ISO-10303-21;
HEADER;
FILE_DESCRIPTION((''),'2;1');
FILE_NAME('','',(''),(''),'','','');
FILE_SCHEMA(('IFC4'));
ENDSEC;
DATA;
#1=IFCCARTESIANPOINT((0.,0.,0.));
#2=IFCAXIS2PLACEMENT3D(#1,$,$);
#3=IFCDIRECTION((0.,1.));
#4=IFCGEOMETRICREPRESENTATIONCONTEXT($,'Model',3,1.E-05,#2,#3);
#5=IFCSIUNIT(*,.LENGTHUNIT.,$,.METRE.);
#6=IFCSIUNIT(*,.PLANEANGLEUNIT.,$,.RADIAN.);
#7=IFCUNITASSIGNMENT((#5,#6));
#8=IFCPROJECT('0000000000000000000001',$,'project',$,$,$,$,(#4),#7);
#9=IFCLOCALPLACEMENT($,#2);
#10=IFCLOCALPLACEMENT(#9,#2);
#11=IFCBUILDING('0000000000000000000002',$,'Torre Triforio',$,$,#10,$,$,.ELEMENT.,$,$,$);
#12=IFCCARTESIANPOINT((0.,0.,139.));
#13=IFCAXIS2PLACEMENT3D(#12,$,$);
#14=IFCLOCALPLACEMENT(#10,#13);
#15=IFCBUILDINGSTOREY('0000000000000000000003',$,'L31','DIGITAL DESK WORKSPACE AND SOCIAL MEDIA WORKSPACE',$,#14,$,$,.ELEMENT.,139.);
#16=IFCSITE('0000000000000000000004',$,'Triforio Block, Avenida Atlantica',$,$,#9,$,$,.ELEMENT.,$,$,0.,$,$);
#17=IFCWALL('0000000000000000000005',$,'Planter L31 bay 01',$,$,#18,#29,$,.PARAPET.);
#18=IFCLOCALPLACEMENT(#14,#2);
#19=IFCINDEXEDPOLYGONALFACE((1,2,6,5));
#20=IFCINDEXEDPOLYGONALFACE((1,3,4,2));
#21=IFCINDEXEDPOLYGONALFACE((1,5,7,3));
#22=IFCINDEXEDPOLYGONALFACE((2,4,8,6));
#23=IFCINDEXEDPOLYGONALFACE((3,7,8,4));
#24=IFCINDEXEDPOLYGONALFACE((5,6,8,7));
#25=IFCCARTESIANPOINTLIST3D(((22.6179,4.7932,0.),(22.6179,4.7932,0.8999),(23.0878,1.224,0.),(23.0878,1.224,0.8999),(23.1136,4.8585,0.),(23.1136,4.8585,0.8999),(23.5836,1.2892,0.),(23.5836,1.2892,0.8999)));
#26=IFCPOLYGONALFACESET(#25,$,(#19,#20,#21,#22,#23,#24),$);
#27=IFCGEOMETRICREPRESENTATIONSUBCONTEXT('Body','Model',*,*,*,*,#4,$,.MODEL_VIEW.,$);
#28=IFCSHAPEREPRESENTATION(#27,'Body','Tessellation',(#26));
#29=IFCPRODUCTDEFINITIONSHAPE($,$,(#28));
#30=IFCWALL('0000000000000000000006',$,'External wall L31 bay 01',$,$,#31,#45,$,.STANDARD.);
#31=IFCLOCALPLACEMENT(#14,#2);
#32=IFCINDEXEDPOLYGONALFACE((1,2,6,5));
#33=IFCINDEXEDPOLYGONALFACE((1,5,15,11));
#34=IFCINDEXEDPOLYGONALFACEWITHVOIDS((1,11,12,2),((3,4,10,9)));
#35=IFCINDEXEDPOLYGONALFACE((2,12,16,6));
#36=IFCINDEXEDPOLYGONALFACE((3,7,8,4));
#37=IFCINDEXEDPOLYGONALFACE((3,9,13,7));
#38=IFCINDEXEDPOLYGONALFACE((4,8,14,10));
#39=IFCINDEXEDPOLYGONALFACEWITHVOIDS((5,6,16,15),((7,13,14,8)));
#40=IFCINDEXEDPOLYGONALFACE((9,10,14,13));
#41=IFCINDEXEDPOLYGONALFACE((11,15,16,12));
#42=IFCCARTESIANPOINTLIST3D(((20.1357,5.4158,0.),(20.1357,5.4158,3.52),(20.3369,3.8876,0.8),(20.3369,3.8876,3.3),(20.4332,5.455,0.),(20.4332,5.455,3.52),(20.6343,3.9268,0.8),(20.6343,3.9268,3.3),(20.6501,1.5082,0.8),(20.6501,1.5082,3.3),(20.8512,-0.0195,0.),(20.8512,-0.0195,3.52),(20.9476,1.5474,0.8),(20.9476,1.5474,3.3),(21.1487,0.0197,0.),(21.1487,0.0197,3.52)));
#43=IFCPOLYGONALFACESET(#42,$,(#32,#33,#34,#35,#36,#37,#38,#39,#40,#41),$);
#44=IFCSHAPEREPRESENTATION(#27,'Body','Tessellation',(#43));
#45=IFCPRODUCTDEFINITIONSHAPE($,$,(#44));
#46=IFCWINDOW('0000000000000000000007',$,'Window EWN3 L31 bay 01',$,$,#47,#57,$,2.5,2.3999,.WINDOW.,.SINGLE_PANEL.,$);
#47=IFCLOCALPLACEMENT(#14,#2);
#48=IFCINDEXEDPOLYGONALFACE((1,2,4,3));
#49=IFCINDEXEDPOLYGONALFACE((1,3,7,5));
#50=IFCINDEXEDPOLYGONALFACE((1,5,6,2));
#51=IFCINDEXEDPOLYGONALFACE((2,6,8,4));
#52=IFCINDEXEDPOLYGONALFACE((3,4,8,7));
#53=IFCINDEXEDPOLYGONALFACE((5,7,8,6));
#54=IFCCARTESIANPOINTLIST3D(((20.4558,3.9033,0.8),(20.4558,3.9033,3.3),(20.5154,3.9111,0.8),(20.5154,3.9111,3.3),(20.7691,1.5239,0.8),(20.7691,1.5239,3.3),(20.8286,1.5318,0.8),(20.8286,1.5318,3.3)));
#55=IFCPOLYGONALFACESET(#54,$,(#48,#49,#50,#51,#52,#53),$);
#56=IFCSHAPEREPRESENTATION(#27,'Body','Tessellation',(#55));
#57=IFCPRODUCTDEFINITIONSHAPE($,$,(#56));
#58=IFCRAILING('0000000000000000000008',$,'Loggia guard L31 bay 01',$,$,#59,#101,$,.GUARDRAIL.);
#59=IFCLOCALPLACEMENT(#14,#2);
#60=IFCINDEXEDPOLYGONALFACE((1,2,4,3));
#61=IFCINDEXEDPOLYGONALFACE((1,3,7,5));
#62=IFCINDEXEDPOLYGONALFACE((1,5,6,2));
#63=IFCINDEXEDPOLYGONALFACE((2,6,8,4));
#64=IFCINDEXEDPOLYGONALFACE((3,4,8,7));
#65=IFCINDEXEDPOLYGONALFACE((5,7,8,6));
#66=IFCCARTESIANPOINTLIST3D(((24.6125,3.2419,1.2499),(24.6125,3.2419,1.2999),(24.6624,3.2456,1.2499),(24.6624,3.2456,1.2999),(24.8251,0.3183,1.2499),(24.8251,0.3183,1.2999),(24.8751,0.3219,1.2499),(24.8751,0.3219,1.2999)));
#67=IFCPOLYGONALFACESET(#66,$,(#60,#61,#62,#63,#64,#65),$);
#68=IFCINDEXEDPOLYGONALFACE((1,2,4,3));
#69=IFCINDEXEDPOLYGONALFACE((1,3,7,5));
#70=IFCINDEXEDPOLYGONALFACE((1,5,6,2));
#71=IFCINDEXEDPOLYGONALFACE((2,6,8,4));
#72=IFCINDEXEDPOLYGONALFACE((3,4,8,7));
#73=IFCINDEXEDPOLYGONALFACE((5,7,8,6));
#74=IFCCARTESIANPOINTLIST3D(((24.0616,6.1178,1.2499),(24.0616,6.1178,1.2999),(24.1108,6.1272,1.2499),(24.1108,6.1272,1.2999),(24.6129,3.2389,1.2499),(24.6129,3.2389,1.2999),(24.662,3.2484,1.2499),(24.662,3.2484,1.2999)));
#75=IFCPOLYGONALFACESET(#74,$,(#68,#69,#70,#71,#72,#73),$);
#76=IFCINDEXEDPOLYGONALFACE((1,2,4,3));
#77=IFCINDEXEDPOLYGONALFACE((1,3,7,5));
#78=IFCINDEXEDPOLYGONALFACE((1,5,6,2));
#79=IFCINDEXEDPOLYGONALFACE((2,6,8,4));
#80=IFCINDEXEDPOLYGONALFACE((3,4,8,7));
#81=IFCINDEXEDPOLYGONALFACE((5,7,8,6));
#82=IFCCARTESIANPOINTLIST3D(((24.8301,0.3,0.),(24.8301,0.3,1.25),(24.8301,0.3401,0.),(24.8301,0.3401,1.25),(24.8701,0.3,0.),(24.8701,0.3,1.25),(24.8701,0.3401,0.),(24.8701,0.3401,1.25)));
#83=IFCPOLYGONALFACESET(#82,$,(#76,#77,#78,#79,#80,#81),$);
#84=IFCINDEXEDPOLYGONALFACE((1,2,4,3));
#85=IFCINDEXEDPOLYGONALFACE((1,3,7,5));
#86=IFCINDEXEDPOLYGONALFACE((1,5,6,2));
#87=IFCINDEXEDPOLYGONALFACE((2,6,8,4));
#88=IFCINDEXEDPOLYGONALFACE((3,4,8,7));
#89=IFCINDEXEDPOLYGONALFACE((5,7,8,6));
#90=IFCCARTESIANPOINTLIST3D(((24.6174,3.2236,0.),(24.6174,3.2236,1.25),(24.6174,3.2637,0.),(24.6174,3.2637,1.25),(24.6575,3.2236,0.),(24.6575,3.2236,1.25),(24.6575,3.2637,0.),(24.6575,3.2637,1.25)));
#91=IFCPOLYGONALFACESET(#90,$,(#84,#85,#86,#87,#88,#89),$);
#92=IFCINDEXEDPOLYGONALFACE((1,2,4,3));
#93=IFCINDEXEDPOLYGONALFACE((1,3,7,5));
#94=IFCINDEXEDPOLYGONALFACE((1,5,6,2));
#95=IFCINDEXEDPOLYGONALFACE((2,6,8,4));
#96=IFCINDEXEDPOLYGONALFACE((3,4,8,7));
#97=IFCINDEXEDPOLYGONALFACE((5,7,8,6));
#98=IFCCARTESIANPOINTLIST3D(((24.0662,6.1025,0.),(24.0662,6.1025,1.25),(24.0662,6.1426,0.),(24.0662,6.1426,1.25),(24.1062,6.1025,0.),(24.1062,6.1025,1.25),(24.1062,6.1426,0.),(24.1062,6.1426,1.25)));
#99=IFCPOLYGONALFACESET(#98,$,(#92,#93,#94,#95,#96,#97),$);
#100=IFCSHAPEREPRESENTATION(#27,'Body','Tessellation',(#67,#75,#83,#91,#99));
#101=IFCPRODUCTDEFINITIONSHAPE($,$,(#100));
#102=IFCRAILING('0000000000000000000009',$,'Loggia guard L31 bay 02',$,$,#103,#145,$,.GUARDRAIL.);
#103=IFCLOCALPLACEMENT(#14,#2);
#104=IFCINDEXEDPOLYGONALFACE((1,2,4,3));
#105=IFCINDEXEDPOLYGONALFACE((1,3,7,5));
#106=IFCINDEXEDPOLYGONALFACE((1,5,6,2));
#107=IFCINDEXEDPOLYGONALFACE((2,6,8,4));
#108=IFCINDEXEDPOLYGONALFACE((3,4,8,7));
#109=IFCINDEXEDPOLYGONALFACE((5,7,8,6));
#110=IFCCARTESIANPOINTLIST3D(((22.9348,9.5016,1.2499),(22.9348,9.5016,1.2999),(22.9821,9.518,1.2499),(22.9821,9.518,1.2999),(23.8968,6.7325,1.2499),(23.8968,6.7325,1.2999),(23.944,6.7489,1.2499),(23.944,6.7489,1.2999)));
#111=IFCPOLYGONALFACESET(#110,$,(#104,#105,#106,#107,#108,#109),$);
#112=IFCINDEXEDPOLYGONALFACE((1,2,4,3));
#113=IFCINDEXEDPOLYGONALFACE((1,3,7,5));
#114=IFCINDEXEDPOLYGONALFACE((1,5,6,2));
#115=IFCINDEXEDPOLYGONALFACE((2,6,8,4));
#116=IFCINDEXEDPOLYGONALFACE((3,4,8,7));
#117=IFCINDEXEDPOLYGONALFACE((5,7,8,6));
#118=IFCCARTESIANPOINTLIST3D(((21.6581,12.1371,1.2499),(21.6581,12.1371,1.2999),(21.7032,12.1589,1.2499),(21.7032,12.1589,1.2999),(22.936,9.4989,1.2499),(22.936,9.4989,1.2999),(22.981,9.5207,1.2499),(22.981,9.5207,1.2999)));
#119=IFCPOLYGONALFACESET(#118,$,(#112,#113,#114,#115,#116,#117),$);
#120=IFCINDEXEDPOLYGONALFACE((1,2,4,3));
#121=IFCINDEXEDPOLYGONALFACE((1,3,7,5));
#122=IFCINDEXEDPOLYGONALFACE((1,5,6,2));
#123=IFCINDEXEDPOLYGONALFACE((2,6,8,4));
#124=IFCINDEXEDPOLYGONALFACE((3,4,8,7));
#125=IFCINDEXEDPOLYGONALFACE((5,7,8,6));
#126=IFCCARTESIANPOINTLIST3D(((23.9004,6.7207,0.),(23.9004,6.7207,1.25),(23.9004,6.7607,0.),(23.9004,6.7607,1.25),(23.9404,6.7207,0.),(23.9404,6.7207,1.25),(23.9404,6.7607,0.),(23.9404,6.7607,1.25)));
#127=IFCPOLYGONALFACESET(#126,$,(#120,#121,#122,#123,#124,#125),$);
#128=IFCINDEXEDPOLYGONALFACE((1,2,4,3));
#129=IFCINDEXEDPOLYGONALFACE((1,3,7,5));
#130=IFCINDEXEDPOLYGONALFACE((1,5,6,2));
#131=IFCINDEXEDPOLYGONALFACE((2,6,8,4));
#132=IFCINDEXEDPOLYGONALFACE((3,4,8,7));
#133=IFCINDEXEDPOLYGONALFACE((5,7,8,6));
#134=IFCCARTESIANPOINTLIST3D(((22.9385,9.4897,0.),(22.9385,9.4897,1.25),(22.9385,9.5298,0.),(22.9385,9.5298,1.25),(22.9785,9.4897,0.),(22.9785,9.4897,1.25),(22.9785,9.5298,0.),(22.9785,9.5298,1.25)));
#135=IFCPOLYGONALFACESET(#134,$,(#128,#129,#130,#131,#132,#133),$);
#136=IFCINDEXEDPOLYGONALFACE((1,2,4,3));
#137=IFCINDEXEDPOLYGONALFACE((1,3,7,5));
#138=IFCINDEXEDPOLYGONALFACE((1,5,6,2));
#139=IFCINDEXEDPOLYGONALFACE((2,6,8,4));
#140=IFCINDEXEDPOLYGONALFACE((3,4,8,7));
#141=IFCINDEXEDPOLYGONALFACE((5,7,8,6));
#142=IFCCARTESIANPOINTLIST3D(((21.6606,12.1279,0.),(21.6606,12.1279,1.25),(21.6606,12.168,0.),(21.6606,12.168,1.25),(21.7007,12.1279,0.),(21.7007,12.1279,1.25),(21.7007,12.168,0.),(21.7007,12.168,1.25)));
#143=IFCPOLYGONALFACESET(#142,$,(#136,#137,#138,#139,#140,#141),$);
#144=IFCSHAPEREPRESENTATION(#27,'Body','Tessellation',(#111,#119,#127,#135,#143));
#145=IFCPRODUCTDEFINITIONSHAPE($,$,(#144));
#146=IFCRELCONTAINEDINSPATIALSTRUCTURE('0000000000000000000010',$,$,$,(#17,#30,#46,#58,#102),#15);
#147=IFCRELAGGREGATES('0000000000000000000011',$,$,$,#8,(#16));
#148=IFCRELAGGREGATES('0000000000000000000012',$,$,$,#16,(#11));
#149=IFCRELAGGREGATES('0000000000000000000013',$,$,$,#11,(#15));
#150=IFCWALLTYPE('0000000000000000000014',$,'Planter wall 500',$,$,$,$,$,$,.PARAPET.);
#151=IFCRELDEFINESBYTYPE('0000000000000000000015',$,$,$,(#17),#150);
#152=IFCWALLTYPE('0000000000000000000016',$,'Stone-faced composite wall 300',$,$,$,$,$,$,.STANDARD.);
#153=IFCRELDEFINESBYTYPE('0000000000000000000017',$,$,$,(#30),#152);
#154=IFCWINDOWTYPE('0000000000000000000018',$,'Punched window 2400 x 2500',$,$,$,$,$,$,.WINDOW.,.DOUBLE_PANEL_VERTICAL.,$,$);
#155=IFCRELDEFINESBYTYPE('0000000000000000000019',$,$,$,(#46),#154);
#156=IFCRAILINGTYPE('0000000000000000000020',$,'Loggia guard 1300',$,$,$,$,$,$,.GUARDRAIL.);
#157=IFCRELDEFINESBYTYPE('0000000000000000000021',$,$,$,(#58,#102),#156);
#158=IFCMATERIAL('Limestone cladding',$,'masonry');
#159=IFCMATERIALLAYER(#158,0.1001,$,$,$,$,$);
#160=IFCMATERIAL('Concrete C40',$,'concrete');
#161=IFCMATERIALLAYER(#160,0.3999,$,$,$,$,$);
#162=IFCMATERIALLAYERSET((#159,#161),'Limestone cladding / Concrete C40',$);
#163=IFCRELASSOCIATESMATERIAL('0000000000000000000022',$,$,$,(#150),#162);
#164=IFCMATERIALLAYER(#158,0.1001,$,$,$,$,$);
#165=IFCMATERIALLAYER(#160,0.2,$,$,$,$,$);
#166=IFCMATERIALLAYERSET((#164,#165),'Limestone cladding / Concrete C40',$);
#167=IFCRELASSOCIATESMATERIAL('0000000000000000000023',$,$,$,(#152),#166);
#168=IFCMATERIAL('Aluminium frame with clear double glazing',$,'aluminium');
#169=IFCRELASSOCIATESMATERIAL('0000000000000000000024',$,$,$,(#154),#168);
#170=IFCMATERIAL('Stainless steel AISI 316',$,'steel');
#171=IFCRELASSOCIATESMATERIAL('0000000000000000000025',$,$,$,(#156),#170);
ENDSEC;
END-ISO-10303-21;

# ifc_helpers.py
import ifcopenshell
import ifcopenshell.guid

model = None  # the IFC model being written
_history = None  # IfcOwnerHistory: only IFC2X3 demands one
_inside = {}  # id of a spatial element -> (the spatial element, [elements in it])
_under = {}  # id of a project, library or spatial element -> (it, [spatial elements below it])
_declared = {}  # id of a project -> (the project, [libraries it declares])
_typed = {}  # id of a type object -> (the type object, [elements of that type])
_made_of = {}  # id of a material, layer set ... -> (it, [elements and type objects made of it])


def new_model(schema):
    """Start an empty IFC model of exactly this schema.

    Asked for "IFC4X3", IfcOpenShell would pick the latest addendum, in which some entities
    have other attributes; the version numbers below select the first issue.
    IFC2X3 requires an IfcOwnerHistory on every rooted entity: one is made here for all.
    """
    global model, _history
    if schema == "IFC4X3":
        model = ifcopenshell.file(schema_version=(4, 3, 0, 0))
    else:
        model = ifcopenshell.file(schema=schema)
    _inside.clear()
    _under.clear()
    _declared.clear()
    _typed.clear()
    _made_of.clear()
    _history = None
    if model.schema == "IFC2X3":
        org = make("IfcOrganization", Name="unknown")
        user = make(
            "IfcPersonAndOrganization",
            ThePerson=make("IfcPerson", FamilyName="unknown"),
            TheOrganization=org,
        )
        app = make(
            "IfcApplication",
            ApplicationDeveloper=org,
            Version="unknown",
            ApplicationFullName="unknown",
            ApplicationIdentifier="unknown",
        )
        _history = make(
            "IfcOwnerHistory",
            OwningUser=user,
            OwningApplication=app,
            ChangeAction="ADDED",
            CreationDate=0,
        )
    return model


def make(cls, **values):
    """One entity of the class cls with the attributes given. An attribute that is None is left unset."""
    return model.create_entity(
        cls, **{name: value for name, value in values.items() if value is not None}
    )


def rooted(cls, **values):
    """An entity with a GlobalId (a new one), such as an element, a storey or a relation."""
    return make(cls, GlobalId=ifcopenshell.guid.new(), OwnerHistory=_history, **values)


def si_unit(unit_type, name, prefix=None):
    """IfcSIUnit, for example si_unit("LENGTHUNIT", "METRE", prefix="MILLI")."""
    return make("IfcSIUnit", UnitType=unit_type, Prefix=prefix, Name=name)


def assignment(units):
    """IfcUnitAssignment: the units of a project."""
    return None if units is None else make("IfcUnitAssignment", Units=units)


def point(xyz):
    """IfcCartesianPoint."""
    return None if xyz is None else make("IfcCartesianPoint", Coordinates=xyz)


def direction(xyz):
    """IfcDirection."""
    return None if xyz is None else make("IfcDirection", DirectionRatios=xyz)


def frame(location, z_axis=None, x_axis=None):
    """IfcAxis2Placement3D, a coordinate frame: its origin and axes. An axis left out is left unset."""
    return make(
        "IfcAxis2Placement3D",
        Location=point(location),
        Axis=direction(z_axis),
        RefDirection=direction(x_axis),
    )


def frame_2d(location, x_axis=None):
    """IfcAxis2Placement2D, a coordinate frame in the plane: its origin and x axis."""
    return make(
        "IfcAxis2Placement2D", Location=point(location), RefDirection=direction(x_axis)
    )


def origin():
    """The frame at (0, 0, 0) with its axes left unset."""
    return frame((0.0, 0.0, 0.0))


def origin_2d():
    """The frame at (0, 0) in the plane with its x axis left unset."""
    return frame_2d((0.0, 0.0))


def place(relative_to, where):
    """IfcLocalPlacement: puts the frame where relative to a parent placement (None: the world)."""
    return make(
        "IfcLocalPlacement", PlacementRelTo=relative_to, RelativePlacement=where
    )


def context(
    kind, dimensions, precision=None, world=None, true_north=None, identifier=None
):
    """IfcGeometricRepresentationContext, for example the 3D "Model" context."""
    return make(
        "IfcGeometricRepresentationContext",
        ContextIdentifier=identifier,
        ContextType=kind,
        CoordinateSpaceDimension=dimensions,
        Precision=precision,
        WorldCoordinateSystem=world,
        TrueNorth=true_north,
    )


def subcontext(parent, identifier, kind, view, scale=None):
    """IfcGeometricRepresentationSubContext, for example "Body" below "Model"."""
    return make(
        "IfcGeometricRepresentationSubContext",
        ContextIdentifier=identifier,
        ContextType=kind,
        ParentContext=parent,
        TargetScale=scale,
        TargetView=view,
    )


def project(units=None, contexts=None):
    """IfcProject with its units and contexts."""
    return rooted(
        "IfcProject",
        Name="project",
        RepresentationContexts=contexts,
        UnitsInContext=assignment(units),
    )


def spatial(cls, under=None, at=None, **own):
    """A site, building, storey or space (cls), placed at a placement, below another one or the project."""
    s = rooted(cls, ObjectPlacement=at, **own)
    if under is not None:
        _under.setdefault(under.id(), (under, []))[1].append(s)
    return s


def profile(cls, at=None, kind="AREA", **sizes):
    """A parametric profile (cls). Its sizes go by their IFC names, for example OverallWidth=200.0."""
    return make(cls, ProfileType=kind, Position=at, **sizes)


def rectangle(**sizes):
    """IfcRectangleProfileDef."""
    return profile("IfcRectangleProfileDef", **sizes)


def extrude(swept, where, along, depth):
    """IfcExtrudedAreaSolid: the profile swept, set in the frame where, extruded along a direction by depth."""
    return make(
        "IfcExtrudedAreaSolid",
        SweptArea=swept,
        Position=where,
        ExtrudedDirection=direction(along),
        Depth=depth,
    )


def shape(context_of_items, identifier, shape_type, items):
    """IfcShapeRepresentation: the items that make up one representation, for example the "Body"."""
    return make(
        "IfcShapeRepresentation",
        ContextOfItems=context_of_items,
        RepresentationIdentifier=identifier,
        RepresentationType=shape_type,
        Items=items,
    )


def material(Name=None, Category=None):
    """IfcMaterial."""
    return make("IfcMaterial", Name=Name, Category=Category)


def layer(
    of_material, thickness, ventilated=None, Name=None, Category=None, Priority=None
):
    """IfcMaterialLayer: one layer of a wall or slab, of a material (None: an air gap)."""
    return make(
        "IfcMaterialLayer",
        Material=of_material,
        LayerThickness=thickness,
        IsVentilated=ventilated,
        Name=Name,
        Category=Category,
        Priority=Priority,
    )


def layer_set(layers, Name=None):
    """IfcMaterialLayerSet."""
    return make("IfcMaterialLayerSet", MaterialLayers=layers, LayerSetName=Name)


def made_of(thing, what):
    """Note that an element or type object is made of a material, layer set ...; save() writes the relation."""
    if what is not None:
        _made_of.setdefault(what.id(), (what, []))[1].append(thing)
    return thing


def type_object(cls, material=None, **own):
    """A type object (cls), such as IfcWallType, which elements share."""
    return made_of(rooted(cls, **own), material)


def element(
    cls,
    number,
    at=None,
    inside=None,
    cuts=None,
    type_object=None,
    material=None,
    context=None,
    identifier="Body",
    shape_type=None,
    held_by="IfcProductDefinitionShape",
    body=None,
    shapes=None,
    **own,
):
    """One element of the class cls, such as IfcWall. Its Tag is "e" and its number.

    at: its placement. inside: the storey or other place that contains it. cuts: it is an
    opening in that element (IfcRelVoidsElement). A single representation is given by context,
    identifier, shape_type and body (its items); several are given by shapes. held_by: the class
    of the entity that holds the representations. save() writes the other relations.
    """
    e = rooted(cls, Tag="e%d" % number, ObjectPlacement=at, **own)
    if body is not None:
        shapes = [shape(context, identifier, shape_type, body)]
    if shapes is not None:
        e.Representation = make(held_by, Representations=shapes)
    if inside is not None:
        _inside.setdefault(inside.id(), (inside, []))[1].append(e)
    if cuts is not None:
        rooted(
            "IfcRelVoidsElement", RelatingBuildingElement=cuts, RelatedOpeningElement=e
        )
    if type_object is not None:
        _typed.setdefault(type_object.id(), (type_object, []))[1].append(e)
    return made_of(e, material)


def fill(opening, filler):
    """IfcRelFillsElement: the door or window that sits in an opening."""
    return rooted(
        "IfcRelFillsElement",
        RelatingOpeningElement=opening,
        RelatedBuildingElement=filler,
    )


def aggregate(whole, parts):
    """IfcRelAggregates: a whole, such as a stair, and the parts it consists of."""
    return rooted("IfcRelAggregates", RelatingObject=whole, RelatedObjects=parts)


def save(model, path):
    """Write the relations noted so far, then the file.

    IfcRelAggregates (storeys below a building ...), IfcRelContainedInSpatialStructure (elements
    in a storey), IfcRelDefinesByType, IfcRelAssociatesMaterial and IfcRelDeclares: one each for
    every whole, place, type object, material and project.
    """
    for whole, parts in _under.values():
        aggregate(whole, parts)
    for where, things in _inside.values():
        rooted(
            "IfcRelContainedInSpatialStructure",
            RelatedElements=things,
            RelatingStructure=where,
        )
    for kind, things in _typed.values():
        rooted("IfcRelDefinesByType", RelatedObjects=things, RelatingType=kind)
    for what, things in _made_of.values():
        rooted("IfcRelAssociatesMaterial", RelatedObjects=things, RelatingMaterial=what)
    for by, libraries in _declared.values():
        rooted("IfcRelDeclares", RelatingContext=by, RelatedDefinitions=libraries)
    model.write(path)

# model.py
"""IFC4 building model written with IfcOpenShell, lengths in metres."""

from ifc_helpers import new_model, si_unit, direction, frame, frame_2d, origin, origin_2d, place, context, subcontext, project, spatial, rectangle, extrude, material, layer, layer_set, type_object, element, fill, save


model = new_model("IFC4")

# Units and contexts
model_context = context("Model", 3, precision=1e-05, world=origin(), true_north=direction((0.0, 1.0)))
body_context = subcontext(model_context, "Body", "Model", "MODEL_VIEW")
ifc_project = project(units=[si_unit("LENGTHUNIT", "METRE"), si_unit("PLANEANGLEUNIT", "RADIAN")], contexts=[model_context])

# Site, building, storey
site_placement = place(None, origin())
site = spatial("IfcSite", under=ifc_project, at=site_placement, Name="Triforio Block, Avenida Atlantica", CompositionType="ELEMENT", RefElevation=0.0)
building_placement = place(site_placement, origin())
building = spatial("IfcBuilding", under=site, at=building_placement, Name="Torre Triforio", CompositionType="ELEMENT")
storey_placement = place(building_placement, frame((0.0, 0.0, 139.0)))
storey = spatial("IfcBuildingStorey", under=building, at=storey_placement, Name="L31", Description="DIGITAL DESK WORKSPACE AND SOCIAL MEDIA WORKSPACE", CompositionType="ELEMENT", Elevation=139.0)

# Wall
ifc_material_1 = material(Name="Limestone cladding", Category="masonry")
ifc_layer_1 = layer(ifc_material_1, 0.1001)
ifc_material_2 = material(Name="Concrete C40", Category="concrete")
ifc_layer_2 = layer(ifc_material_2, 0.3999)
ifc_layer_set_1 = layer_set([ifc_layer_1, ifc_layer_2], Name="Limestone cladding / Concrete C40")
wall_type_1 = type_object("IfcWallType", Name="Planter wall 500", PredefinedType="PARAPET", material=ifc_layer_set_1)
wall_1_placement = place(storey_placement, frame((23.3357, 1.2566, 0.0), z_axis=(0.0, 0.0, 1.0), x_axis=(-0.130542, 0.991443, 0.0)))
element("IfcWall", 1, at=wall_1_placement, inside=storey, type_object=wall_type_1, Name="Planter L31 bay 01", PredefinedType="PARAPET", context=body_context, shape_type="SweptSolid", body=[
    extrude(rectangle(XDim=3.6001, YDim=0.5, at=frame_2d((1.8, 0.0))), origin(), (0.0, 0.0, 1.0), 0.8999),
])

# Wall, opening, window
ifc_layer_3 = layer(ifc_material_1, 0.1001)
ifc_layer_4 = layer(ifc_material_2, 0.2)
ifc_layer_set_2 = layer_set([ifc_layer_3, ifc_layer_4], Name="Limestone cladding / Concrete C40")
wall_type_2 = type_object("IfcWallType", Name="Stone-faced composite wall 300", PredefinedType="STANDARD", material=ifc_layer_set_2)
wall_2_placement = place(storey_placement, frame((21.0, 0.0, 0.0), z_axis=(0.0, 0.0, 1.0), x_axis=(-0.130527, 0.991445, 0.0)))
wall_2 = element("IfcWall", 2, at=wall_2_placement, inside=storey, type_object=wall_type_2, Name="External wall L31 bay 01", PredefinedType="STANDARD", context=body_context, shape_type="SweptSolid", body=[
    extrude(rectangle(XDim=5.4822, YDim=0.3, at=frame_2d((2.7412, 0.0))), origin(), (0.0, 0.0, 1.0), 3.52),
])
opening_1_placement = place(wall_2_placement, frame((1.541, 0.0, 0.8)))
opening_1 = element("IfcOpeningElement", 3, at=opening_1_placement, cuts=wall_2, PredefinedType="OPENING", context=body_context, shape_type="SweptSolid", body=[
    extrude(rectangle(XDim=2.3999, YDim=2.5, at=frame_2d((1.2, 1.25))), frame((0.0, 0.1599, 0.0), z_axis=(0.0, -1.0, 0.0), x_axis=(1.0, 0.0, 0.0)), (0.0, 0.0, 1.0), 0.3201),
])
ifc_material_3 = material(Name="Aluminium frame with clear double glazing", Category="aluminium")
window_type_1 = type_object("IfcWindowType", Name="Punched window 2400 x 2500", PartitioningType="DOUBLE_PANEL_VERTICAL", PredefinedType="WINDOW", material=ifc_material_3)
window_1_placement = place(opening_1_placement, origin())
window_1 = element("IfcWindow", 4, at=window_1_placement, inside=storey, type_object=window_type_1, Name="Window EWN3 L31 bay 01", OverallHeight=2.5, OverallWidth=2.3999, PartitioningType="SINGLE_PANEL", PredefinedType="WINDOW", context=body_context, shape_type="SweptSolid", body=[
    extrude(rectangle(XDim=2.3999, YDim=2.5, at=frame_2d((1.2, 1.25))), frame((0.0, 0.03, 0.0), z_axis=(0.0, -1.0, 0.0), x_axis=(1.0, 0.0, 0.0)), (0.0, 0.0, 1.0), 0.0601),
])
fill(opening_1, window_1)

# Railings
ifc_material_4 = material(Name="Stainless steel AISI 316", Category="steel")
railing_type = type_object("IfcRailingType", Name="Loggia guard 1300", PredefinedType="GUARDRAIL", material=ifc_material_4)
railing_1_placement = place(storey_placement, frame((24.8501, 0.3201, 0.0)))
element("IfcRailing", 5, at=railing_1_placement, inside=storey, type_object=railing_type, Name="Loggia guard L31 bay 01", PredefinedType="GUARDRAIL", context=body_context, shape_type="SweptSolid", body=[
    extrude(rectangle(XDim=0.05, YDim=0.05, at=origin_2d()), frame((0.0, 0.0, 1.2749), z_axis=(-0.072543, 0.997365, 0.0), x_axis=(-0.997365, -0.072543, 0.0)), (0.0, 0.0, 1.0), 2.9314),
    extrude(rectangle(XDim=0.05, YDim=0.05, at=origin_2d()), frame((-0.2126, 2.9236, 1.2749), z_axis=(-0.188069, 0.982156, 0.0), x_axis=(-0.982156, -0.188069, 0.0)), (0.0, 0.0, 1.0), 2.9312),
    extrude(rectangle(XDim=0.04, YDim=0.04, at=origin_2d()), origin(), (0.0, 0.0, 1.0), 1.25),
    extrude(rectangle(XDim=0.04, YDim=0.04, at=origin_2d()), frame((-0.2126, 2.9236, 0.0)), (0.0, 0.0, 1.0), 1.25),
    extrude(rectangle(XDim=0.04, YDim=0.04, at=origin_2d()), frame((-0.7639, 5.8025, 0.0)), (0.0, 0.0, 1.0), 1.25),
])
railing_2_placement = place(storey_placement, frame((23.9204, 6.7407, 0.0)))
element("IfcRailing", 6, at=railing_2_placement, inside=storey, type_object=railing_type, Name="Loggia guard L31 bay 02", PredefinedType="GUARDRAIL", context=body_context, shape_type="SweptSolid", body=[
    extrude(rectangle(XDim=0.05, YDim=0.05, at=origin_2d()), frame((0.0, 0.0, 1.2749), z_axis=(-0.328146, 0.944627, 0.0), x_axis=(-0.944627, -0.328146, 0.0)), (0.0, 0.0, 1.0), 2.9314),
    extrude(rectangle(XDim=0.05, YDim=0.05, at=origin_2d()), frame((-0.9619, 2.769, 1.2749), z_axis=(-0.435918, 0.899986, 0.0), x_axis=(-0.899986, -0.435918, 0.0)), (0.0, 0.0, 1.0), 2.9314),
    extrude(rectangle(XDim=0.04, YDim=0.04, at=origin_2d()), origin(), (0.0, 0.0, 1.0), 1.25),
    extrude(rectangle(XDim=0.04, YDim=0.04, at=origin_2d()), frame((-0.9619, 2.769, 0.0)), (0.0, 0.0, 1.0), 1.25),
    extrude(rectangle(XDim=0.04, YDim=0.04, at=origin_2d()), frame((-2.2397, 5.4072, 0.0)), (0.0, 0.0, 1.0), 1.25),
])

save(model, "model.ifc")
